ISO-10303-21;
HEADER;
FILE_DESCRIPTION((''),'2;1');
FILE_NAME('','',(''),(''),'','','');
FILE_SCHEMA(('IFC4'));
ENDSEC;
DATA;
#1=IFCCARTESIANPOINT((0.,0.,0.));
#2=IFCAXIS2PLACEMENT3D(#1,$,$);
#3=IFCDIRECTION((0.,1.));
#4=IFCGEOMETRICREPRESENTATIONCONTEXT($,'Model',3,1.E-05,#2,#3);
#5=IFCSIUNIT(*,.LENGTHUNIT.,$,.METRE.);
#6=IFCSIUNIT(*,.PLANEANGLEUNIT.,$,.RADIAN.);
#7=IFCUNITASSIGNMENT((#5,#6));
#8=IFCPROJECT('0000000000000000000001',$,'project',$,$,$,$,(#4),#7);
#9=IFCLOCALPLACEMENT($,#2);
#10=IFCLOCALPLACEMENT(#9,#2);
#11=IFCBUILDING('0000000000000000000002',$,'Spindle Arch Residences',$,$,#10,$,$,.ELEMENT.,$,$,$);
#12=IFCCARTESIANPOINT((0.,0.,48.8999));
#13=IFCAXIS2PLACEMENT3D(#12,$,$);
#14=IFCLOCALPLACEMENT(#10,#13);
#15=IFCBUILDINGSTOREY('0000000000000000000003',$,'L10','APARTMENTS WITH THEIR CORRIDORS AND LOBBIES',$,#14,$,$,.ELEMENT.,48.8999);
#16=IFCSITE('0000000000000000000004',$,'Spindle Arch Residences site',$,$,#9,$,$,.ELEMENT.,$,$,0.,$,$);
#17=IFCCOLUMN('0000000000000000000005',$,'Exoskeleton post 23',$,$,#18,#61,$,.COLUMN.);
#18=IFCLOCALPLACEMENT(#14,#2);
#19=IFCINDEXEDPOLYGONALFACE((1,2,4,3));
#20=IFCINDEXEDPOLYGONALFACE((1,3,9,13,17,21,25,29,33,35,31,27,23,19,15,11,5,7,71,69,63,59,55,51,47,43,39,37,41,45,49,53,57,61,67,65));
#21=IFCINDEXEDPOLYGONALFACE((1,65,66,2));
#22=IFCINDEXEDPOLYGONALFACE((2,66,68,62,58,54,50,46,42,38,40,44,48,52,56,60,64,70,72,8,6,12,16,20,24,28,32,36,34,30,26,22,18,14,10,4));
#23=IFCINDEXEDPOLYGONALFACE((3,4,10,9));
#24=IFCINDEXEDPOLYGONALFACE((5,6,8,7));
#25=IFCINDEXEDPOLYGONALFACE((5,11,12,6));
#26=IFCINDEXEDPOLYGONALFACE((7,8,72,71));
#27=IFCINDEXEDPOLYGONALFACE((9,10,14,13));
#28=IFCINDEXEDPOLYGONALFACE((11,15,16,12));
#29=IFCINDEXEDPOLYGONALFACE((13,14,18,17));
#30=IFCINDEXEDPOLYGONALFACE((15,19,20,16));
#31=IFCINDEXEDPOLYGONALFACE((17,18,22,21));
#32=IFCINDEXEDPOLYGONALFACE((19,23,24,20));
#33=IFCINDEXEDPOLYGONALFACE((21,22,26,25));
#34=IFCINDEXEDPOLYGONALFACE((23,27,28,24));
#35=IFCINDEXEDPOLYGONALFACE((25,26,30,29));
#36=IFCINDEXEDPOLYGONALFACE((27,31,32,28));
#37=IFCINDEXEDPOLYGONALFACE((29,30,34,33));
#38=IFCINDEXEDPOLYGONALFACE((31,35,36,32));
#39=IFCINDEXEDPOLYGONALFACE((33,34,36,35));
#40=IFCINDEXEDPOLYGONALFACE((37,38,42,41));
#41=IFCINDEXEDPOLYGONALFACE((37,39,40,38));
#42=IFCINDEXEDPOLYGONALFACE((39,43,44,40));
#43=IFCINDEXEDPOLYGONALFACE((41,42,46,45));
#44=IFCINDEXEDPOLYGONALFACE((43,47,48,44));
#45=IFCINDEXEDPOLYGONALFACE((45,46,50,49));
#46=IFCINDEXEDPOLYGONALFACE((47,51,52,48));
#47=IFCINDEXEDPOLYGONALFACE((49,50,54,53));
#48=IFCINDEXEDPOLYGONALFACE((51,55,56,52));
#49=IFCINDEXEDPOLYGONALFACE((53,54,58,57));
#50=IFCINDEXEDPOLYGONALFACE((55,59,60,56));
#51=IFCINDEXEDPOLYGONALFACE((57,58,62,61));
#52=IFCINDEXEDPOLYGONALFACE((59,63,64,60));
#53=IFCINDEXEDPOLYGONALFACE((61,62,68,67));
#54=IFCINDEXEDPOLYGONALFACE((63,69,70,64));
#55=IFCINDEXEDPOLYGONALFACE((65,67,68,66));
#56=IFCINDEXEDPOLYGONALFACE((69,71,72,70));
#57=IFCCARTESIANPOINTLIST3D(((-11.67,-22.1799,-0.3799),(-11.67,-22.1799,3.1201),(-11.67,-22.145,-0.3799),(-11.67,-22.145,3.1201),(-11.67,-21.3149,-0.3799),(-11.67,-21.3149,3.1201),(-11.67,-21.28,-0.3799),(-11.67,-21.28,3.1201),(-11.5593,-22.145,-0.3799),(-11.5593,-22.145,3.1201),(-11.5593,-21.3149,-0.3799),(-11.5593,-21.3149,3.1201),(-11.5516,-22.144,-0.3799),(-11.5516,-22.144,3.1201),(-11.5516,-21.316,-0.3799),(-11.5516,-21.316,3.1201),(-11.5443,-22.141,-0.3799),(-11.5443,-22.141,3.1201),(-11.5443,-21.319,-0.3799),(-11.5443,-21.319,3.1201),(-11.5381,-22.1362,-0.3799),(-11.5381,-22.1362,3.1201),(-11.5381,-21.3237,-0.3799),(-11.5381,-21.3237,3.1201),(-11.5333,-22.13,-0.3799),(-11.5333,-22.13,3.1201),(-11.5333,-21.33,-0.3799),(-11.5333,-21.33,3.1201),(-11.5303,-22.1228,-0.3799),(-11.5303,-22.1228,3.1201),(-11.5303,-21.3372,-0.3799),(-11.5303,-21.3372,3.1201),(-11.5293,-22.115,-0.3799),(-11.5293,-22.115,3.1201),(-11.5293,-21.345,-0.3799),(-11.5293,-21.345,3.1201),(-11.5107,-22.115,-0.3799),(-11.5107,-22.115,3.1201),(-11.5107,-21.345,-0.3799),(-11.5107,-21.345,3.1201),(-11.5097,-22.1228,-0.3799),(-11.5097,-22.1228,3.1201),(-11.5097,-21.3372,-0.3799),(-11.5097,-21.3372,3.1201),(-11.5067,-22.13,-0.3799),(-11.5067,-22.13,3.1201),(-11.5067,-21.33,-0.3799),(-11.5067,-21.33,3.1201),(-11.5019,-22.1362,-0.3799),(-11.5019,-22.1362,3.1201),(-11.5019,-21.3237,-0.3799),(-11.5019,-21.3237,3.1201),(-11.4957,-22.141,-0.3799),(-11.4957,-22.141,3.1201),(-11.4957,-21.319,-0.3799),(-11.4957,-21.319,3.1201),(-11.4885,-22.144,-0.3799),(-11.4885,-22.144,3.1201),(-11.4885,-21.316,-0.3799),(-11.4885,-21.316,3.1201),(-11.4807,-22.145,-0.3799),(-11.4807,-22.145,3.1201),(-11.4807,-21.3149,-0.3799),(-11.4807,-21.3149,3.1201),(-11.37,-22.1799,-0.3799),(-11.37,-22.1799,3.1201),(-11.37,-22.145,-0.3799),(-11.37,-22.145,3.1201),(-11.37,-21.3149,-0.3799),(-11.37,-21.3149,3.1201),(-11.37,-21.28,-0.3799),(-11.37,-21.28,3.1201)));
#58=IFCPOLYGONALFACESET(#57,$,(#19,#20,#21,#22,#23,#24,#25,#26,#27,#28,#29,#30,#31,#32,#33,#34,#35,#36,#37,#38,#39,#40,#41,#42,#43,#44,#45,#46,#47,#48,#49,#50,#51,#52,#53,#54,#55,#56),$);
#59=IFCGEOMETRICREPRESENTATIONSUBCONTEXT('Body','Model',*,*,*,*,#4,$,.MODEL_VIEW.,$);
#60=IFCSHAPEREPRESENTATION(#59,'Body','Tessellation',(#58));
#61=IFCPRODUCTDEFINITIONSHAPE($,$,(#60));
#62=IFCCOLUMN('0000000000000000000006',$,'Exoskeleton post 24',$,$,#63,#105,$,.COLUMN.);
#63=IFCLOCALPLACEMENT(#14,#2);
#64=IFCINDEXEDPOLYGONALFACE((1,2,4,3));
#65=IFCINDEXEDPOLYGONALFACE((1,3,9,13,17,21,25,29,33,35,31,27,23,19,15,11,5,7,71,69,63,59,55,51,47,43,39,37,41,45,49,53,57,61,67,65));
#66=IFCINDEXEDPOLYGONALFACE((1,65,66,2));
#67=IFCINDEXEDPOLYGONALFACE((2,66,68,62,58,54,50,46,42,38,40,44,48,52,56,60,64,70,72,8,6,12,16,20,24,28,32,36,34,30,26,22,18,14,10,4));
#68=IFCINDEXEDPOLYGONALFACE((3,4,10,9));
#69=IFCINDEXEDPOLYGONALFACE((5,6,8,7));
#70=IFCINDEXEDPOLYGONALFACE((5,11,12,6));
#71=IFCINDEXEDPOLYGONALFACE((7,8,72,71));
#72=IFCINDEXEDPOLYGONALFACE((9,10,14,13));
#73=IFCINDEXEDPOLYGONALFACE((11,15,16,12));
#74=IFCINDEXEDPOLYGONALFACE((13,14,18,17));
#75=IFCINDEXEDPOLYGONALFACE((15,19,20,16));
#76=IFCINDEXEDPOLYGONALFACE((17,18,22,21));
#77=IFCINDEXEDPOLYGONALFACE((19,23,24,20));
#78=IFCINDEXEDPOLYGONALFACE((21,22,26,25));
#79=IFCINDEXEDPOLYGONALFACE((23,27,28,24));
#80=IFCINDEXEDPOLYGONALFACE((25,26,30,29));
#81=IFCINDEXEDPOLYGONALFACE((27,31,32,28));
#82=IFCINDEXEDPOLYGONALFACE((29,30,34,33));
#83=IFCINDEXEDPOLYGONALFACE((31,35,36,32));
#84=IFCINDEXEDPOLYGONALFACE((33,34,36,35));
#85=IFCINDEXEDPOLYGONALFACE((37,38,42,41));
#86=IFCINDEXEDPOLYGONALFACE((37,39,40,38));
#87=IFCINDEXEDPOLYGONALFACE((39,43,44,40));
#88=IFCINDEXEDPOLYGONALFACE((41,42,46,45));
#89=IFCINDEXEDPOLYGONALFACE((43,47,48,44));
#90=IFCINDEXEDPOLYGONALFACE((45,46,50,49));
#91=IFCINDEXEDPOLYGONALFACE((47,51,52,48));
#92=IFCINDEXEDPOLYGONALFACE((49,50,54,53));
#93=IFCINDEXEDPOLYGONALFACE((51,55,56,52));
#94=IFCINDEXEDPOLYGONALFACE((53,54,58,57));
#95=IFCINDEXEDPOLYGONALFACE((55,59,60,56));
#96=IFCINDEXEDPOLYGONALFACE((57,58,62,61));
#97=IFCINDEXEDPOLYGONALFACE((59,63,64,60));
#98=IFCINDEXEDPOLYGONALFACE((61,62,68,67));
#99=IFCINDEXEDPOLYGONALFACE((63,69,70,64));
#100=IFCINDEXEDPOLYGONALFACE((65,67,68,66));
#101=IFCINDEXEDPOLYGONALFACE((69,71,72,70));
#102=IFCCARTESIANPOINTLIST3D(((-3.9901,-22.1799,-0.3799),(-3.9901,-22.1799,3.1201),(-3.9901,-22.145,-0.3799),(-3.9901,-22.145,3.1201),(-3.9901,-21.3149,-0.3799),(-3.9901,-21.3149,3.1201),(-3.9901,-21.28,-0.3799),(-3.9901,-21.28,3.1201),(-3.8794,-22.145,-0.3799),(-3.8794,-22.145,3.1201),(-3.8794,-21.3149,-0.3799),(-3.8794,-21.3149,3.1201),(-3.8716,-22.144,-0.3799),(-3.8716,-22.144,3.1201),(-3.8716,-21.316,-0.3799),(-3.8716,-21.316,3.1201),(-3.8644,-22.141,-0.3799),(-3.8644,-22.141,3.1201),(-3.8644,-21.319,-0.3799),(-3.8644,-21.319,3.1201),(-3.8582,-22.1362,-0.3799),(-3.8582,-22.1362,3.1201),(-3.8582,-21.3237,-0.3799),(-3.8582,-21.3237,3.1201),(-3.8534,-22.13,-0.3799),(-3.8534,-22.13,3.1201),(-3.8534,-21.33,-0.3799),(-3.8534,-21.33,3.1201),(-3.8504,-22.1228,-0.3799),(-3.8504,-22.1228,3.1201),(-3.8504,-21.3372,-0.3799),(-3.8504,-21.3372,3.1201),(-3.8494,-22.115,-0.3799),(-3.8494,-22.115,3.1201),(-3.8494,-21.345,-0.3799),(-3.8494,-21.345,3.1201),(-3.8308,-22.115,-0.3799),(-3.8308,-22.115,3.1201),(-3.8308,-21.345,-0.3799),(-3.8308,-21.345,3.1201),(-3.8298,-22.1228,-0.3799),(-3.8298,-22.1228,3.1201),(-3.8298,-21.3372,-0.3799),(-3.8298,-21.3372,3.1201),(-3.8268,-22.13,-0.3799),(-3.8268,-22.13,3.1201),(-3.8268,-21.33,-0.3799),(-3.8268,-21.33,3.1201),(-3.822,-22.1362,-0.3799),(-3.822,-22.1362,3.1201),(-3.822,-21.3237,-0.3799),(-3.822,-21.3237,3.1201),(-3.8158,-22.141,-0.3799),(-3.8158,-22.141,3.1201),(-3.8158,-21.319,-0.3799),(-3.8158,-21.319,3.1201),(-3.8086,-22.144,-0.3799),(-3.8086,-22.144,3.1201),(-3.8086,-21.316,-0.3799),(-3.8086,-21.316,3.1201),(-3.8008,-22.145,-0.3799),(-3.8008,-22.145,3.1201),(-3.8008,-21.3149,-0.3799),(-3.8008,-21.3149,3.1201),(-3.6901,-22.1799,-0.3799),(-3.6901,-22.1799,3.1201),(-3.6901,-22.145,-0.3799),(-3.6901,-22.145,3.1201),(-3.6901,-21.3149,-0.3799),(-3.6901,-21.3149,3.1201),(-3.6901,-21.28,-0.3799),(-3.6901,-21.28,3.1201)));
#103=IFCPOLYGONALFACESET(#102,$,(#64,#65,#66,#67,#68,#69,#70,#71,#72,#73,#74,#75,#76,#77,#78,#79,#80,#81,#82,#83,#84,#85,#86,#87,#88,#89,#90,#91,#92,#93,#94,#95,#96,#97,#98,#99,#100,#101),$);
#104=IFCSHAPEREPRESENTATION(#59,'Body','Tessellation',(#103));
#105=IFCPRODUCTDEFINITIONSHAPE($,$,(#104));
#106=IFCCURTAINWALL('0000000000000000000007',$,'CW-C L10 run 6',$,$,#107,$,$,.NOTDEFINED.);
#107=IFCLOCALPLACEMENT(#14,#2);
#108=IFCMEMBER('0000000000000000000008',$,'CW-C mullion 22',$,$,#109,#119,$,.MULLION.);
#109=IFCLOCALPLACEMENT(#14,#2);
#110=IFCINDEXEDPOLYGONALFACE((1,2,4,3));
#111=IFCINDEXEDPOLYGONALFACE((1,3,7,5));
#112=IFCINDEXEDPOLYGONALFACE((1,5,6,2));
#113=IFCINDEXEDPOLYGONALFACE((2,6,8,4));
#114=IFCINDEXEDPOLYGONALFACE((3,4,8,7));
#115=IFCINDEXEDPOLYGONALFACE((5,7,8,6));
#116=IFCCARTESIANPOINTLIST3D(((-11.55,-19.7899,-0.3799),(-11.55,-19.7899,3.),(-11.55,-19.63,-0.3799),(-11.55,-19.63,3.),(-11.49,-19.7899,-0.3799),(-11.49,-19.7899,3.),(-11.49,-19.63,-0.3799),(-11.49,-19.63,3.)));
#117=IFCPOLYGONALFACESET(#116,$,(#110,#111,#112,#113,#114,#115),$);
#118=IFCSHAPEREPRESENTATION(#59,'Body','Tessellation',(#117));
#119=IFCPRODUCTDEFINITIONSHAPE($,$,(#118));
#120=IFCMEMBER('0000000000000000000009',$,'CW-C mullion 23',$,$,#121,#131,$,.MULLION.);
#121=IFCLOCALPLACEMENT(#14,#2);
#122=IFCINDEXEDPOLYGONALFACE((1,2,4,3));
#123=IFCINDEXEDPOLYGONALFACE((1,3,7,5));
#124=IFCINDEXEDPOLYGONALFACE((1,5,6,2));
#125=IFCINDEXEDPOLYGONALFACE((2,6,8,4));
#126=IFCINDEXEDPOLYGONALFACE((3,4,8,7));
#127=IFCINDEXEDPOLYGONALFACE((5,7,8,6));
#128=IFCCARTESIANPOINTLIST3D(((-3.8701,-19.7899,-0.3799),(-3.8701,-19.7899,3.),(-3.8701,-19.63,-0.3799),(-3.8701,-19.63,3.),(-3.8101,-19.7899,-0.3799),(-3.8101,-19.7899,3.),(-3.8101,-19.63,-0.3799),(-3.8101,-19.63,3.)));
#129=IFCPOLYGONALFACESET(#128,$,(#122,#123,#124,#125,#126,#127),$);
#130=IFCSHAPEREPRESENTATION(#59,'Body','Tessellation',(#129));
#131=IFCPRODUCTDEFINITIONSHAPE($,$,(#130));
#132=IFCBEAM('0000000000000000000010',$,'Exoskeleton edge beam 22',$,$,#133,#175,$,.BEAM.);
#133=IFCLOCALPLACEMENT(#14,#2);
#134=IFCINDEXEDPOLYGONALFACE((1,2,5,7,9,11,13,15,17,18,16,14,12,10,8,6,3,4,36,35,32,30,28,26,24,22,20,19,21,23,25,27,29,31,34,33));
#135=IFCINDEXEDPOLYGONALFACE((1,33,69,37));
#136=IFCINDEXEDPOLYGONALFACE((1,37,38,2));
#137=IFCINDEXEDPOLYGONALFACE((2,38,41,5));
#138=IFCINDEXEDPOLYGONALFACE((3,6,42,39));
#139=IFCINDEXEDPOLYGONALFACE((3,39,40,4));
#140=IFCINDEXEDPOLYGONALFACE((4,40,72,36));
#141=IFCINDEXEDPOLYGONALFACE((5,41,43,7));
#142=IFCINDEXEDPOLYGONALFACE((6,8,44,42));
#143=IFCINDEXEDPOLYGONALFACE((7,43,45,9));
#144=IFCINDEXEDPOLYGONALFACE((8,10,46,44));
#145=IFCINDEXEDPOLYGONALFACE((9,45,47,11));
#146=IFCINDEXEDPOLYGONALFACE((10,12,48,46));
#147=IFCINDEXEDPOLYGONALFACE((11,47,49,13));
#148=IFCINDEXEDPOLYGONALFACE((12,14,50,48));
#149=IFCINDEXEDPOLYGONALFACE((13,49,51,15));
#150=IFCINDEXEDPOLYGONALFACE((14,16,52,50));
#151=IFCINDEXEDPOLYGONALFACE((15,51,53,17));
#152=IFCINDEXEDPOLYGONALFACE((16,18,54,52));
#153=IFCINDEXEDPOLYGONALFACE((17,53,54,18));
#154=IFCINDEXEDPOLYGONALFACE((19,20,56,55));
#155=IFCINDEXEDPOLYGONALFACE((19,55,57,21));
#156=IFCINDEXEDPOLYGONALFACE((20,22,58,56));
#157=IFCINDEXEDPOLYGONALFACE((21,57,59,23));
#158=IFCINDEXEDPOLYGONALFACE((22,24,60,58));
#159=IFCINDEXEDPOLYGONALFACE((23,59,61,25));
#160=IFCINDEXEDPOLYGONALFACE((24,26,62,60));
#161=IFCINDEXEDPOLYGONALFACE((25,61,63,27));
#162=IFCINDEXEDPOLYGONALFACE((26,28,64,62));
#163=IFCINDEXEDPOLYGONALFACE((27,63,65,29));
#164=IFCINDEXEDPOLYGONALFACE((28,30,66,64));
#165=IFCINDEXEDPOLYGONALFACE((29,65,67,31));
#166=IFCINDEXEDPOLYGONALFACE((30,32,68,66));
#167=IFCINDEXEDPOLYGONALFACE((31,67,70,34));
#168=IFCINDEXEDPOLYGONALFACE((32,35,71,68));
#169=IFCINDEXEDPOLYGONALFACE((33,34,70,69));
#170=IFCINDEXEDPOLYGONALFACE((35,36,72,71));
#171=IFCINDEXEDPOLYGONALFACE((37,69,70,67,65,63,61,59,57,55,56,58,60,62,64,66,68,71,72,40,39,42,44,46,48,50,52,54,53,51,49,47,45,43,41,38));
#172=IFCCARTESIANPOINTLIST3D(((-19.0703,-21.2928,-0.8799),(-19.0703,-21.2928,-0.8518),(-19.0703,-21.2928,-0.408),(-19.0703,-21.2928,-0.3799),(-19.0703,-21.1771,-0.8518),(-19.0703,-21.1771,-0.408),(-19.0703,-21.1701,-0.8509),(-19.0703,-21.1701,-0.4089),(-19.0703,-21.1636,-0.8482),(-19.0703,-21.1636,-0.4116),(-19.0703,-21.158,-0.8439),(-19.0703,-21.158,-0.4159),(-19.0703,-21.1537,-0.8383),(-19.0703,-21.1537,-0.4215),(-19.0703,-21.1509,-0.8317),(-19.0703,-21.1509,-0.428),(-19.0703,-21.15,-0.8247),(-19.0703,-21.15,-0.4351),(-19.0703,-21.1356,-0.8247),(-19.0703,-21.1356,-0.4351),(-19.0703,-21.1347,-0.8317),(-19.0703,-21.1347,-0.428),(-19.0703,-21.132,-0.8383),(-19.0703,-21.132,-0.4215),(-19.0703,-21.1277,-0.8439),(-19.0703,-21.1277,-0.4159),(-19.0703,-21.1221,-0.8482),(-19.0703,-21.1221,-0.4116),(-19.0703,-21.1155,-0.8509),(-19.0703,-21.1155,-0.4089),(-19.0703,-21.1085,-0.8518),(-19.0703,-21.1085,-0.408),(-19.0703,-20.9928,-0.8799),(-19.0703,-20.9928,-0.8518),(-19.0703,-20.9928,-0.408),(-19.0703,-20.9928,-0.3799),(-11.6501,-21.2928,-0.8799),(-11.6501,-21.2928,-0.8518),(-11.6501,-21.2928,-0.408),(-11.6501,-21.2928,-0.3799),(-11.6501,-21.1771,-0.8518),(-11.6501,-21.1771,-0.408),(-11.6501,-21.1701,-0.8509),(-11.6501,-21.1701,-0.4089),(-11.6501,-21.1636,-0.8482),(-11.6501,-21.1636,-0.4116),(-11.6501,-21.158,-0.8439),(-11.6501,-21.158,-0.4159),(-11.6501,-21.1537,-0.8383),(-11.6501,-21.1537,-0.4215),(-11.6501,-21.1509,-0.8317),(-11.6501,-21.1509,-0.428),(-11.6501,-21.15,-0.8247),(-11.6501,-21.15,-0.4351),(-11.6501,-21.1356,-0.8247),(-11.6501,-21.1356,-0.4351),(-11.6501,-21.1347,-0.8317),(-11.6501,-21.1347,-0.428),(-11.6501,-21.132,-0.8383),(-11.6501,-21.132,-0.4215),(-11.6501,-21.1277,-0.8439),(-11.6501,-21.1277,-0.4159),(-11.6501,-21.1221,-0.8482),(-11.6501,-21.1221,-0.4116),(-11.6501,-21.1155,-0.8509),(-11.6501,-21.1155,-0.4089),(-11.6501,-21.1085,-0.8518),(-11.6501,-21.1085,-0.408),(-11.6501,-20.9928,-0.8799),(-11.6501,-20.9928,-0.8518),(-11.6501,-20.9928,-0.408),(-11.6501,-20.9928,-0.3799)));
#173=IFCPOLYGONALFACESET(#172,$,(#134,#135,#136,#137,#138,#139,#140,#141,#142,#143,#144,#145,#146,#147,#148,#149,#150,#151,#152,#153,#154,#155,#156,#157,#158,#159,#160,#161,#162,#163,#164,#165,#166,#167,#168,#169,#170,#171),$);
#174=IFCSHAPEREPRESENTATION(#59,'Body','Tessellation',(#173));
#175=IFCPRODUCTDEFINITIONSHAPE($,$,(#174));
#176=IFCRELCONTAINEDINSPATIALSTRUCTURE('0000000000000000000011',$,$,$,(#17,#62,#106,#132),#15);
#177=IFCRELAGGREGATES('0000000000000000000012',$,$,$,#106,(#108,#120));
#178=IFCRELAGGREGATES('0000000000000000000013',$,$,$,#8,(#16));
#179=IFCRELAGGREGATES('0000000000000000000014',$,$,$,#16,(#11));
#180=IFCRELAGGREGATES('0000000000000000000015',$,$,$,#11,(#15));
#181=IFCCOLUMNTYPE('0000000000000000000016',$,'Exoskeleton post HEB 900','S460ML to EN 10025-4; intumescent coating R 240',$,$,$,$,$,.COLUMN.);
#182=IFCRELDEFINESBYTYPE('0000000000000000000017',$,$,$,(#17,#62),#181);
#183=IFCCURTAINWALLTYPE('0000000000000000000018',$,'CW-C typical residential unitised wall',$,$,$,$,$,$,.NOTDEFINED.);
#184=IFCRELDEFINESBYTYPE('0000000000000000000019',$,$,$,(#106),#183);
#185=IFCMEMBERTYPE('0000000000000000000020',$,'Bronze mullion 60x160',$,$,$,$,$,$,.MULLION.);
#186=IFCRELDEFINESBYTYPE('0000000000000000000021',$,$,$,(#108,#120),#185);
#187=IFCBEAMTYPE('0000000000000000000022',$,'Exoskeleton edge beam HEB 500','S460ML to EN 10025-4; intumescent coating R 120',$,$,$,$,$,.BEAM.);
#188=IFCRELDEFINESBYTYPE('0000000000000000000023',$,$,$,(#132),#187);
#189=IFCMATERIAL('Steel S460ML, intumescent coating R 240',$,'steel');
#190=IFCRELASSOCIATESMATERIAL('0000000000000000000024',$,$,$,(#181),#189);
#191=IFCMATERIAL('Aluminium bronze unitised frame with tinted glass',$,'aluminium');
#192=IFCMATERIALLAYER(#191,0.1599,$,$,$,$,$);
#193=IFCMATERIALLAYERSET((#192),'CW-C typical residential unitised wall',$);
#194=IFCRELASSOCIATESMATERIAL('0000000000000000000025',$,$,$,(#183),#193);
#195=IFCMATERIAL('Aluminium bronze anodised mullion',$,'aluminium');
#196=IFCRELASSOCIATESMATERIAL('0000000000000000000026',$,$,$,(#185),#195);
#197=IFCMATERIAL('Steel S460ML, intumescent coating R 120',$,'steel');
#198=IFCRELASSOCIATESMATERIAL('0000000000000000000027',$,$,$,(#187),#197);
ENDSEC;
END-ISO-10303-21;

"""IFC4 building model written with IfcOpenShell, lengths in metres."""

from ifc_helpers import new_model, si_unit, direction, frame, origin, origin_2d, place, context, subcontext, project, spatial, rectangle, i_section, extrude, material, layer, layer_set, material_profile, profile_set, type_object, element, aggregate, save


model = new_model("IFC4")

# Units and contexts
model_context = context("Model", 3, precision=1e-05, world=origin(), true_north=direction((0.0, 1.0)))
body_context = subcontext(model_context, "Body", "Model", "MODEL_VIEW")
ifc_project = project(units=[si_unit("LENGTHUNIT", "METRE"), si_unit("PLANEANGLEUNIT", "RADIAN")], contexts=[model_context])

# Site, building, storey
site_placement = place(None, origin())
site = spatial("IfcSite", under=ifc_project, at=site_placement, Name="Spindle Arch Residences site", CompositionType="ELEMENT", RefElevation=0.0)
building_placement = place(site_placement, origin())
building = spatial("IfcBuilding", under=site, at=building_placement, Name="Spindle Arch Residences", CompositionType="ELEMENT")
storey_placement = place(building_placement, frame((0.0, 0.0, 48.8999)))
storey = spatial("IfcBuildingStorey", under=building, at=storey_placement, Name="L10", Description="APARTMENTS WITH THEIR CORRIDORS AND LOBBIES", CompositionType="ELEMENT", Elevation=48.8999)

# Columns
ifc_material_1 = material(Name="Steel S460ML, intumescent coating R 240", Category="steel")
ifc_material_profile_1 = material_profile(ifc_material_1, i_section(OverallWidth=0.3, OverallDepth=0.8999, WebThickness=0.0186, FlangeThickness=0.0349, FilletRadius=0.03, at=origin_2d()), Name="HEB 900")
ifc_profile_set_1 = profile_set([ifc_material_profile_1], Name="Steel S460ML, intumescent coating R 240")
column_type = type_object("IfcColumnType", Name="Exoskeleton post HEB 900", Description="S460ML to EN 10025-4; intumescent coating R 240", PredefinedType="COLUMN", material=ifc_profile_set_1)
for number, where, z_axis, x_axis, name in (
    (1, (-11.52, -21.73, -0.3799), (0.0, 0.0, 1.0), (-1.0, 0.0, 0.0), "Exoskeleton post 23"),
    (2, (-3.8401, -21.73, -0.3799), (0.0, 0.0, 1.0), (-1.0, 0.0, 0.0), "Exoskeleton post 24"),
):
    element("IfcColumn", number, at=place(storey_placement, frame(where, z_axis=z_axis, x_axis=x_axis)), inside=storey, type_object=column_type, Name=name, PredefinedType="COLUMN", context=body_context, shape_type="SweptSolid", body=[
        extrude(i_section(OverallWidth=0.3, OverallDepth=0.8999, WebThickness=0.0186, FlangeThickness=0.0349, FilletRadius=0.03, at=origin_2d()), origin(), (0.0, 0.0, 1.0), 3.5),
    ])

# Curtain wall, members
ifc_material_2 = material(Name="Aluminium bronze unitised frame with tinted glass", Category="aluminium")
ifc_layer_1 = layer(ifc_material_2, 0.1599)
ifc_layer_set_1 = layer_set([ifc_layer_1], Name="CW-C typical residential unitised wall")
curtain_wall_type = type_object("IfcCurtainWallType", Name="CW-C typical residential unitised wall", PredefinedType="NOTDEFINED", material=ifc_layer_set_1)
curtain_wall_placement = place(storey_placement, origin())
curtain_wall = element("IfcCurtainWall", 3, at=curtain_wall_placement, inside=storey, type_object=curtain_wall_type, Name="CW-C L10 run 6", PredefinedType="NOTDEFINED")
ifc_material_3 = material(Name="Aluminium bronze anodised mullion", Category="aluminium")
ifc_material_profile_2 = material_profile(ifc_material_3, rectangle(XDim=0.1599, YDim=0.0601, at=origin_2d()), Name="MU 60x160")
ifc_profile_set_2 = profile_set([ifc_material_profile_2], Name="Aluminium bronze anodised mullion")
member_type = type_object("IfcMemberType", Name="Bronze mullion 60x160", PredefinedType="MULLION", material=ifc_profile_set_2)
member_1_placement = place(storey_placement, frame((-11.52, -19.71, -0.3799), z_axis=(0.0, 0.0, 1.0), x_axis=(0.0, 1.0, 0.0)))
member_1 = element("IfcMember", 4, at=member_1_placement, type_object=member_type, Name="CW-C mullion 22", PredefinedType="MULLION", context=body_context, shape_type="SweptSolid", body=[
    extrude(rectangle(XDim=0.1599, YDim=0.0601, at=origin_2d()), origin(), (0.0, 0.0, 1.0), 3.3799),
])
member_2_placement = place(storey_placement, frame((-3.8401, -19.71, -0.3799), z_axis=(0.0, 0.0, 1.0), x_axis=(0.0, 1.0, 0.0)))
member_2 = element("IfcMember", 5, at=member_2_placement, type_object=member_type, Name="CW-C mullion 23", PredefinedType="MULLION", context=body_context, shape_type="SweptSolid", body=[
    extrude(rectangle(XDim=0.1599, YDim=0.0601, at=origin_2d()), origin(), (0.0, 0.0, 1.0), 3.3799),
])

# Beam
ifc_material_4 = material(Name="Steel S460ML, intumescent coating R 120", Category="steel")
ifc_material_profile_3 = material_profile(ifc_material_4, i_section(OverallWidth=0.3, OverallDepth=0.5, WebThickness=0.0144, FlangeThickness=0.0281, FilletRadius=0.0271, at=origin_2d()), Name="HEB 500")
ifc_profile_set_3 = profile_set([ifc_material_profile_3], Name="Steel S460ML, intumescent coating R 120")
beam_type_1 = type_object("IfcBeamType", Name="Exoskeleton edge beam HEB 500", Description="S460ML to EN 10025-4; intumescent coating R 120", PredefinedType="BEAM", material=ifc_profile_set_3)
for number, where, z_axis, x_axis, name in (
    (6, (-19.0703, -21.1428, -0.6299), (1.0, 0.0, 0.0), (0.0, 1.0, 0.0), "Exoskeleton edge beam 22"),
):
    element("IfcBeam", number, at=place(storey_placement, frame(where, z_axis=z_axis, x_axis=x_axis)), inside=storey, type_object=beam_type_1, Name=name, PredefinedType="BEAM", context=body_context, shape_type="SweptSolid", body=[
        extrude(i_section(OverallWidth=0.3, OverallDepth=0.5, WebThickness=0.0144, FlangeThickness=0.0281, FilletRadius=0.0271, at=origin_2d()), origin(), (0.0, 0.0, 1.0), 7.4202),
    ])

aggregate(curtain_wall, [member_1, member_2])

save(model, "model.ifc")
